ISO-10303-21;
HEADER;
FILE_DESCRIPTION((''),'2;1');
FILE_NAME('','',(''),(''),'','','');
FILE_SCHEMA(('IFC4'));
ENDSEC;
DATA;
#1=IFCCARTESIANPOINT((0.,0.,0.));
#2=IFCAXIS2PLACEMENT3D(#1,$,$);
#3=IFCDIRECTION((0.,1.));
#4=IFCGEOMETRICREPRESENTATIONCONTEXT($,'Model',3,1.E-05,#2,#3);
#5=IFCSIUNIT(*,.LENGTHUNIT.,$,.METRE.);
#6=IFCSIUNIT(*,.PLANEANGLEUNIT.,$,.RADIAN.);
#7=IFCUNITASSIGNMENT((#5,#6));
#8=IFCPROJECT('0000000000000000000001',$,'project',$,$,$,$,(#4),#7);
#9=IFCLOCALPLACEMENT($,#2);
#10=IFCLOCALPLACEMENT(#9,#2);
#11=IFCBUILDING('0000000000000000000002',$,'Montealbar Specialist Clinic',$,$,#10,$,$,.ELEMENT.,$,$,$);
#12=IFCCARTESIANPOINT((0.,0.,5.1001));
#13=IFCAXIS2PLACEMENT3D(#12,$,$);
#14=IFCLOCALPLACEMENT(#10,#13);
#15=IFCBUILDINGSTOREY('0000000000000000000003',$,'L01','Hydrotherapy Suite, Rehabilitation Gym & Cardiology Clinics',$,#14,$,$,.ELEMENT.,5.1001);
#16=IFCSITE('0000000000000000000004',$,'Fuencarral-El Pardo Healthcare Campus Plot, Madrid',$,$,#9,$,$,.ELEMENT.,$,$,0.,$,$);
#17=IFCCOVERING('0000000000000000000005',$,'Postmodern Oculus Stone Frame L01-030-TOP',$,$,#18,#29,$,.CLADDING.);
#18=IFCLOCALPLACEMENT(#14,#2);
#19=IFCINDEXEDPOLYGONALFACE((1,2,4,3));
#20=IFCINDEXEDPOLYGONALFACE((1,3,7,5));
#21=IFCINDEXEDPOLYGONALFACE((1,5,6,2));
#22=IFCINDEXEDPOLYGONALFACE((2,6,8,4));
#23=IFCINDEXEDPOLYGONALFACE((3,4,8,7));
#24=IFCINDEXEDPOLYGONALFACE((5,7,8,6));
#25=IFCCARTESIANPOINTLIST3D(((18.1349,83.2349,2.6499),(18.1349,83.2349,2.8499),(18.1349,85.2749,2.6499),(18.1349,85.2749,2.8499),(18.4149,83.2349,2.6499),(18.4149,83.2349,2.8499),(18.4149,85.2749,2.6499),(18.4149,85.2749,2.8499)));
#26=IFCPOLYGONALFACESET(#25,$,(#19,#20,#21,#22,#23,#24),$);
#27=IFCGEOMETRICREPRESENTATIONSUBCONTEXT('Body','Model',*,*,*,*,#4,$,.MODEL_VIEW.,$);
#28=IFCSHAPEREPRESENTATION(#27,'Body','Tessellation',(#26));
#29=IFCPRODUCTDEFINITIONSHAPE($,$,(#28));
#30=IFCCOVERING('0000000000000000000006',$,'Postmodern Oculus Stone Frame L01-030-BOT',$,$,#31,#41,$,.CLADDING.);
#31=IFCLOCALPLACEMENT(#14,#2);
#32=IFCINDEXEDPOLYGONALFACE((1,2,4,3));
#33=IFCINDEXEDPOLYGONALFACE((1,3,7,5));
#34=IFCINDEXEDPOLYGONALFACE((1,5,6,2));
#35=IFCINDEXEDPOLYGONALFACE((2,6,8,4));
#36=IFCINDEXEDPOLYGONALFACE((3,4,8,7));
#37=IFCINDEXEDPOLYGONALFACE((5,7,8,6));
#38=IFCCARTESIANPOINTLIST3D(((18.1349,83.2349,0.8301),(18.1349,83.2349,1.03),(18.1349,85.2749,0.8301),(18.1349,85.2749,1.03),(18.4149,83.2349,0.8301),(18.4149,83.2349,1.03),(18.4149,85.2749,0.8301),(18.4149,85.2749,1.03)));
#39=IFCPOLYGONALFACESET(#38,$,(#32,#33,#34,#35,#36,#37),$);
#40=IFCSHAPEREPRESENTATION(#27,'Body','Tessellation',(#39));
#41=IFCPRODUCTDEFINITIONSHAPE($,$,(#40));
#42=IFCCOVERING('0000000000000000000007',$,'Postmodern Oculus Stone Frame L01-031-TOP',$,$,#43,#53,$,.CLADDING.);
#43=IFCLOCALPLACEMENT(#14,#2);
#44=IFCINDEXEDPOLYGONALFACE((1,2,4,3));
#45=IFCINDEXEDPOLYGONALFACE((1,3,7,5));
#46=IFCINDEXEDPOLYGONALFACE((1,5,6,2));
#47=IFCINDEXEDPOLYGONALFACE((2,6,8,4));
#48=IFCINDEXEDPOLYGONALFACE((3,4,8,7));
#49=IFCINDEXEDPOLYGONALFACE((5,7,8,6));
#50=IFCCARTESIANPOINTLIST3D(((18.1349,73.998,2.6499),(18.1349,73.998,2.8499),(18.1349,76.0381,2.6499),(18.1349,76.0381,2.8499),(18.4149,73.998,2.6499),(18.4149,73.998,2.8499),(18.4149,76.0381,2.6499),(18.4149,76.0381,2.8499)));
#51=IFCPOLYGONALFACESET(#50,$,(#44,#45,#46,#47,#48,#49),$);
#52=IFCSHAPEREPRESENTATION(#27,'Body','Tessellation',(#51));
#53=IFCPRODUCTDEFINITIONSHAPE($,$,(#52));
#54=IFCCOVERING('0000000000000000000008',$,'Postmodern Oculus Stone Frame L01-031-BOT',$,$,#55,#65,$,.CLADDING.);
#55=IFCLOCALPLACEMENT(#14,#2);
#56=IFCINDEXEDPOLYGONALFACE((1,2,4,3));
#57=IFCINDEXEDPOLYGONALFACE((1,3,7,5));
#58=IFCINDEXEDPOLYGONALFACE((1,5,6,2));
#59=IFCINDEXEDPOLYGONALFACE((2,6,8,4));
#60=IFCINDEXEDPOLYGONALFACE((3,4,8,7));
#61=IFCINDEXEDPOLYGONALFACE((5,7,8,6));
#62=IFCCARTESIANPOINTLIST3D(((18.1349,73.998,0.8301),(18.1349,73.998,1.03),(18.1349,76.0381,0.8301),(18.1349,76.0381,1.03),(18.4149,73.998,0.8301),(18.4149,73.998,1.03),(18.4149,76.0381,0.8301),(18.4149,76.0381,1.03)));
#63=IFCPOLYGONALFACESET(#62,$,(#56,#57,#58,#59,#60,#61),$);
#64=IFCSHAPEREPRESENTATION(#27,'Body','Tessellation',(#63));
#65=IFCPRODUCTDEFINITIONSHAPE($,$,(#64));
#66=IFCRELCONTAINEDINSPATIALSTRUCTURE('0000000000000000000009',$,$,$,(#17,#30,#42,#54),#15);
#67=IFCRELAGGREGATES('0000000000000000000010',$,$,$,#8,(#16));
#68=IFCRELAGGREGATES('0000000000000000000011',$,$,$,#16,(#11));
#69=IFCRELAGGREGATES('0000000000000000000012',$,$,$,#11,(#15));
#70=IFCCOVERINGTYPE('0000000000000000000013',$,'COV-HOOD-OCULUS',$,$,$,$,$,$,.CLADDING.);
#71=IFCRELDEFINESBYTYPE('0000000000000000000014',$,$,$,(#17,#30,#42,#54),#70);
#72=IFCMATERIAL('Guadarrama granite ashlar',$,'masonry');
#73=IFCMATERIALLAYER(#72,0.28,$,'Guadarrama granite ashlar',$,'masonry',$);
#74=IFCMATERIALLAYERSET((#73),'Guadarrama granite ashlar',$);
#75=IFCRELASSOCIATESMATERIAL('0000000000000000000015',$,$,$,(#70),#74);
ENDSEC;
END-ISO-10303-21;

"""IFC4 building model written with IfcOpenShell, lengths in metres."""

from ifc_helpers import new_model, si_unit, direction, frame, origin, origin_2d, place, context, subcontext, project, spatial, rectangle, extrude, material, layer, layer_set, type_object, element, save


model = new_model("IFC4")

# Units and contexts
model_context = context("Model", 3, precision=1e-05, world=origin(), true_north=direction((0.0, 1.0)))
body_context = subcontext(model_context, "Body", "Model", "MODEL_VIEW")
ifc_project = project(units=[si_unit("LENGTHUNIT", "METRE"), si_unit("PLANEANGLEUNIT", "RADIAN")], contexts=[model_context])

# Site, building, storey
site_placement = place(None, origin())
site = spatial("IfcSite", under=ifc_project, at=site_placement, Name="Fuencarral-El Pardo Healthcare Campus Plot, Madrid", CompositionType="ELEMENT", RefElevation=0.0)
building_placement = place(site_placement, origin())
building = spatial("IfcBuilding", under=site, at=building_placement, Name="Montealbar Specialist Clinic", CompositionType="ELEMENT")
storey_placement = place(building_placement, frame((0.0, 0.0, 5.1001)))
storey = spatial("IfcBuildingStorey", under=building, at=storey_placement, Name="L01", Description="Hydrotherapy Suite, Rehabilitation Gym & Cardiology Clinics", CompositionType="ELEMENT", Elevation=5.1001)

# Coverings
ifc_material_1 = material(Name="Guadarrama granite ashlar", Category="masonry")
ifc_layer_1 = layer(ifc_material_1, 0.28, Name="Guadarrama granite ashlar", Category="masonry")
ifc_layer_set_1 = layer_set([ifc_layer_1], Name="Guadarrama granite ashlar")
covering_type_1 = type_object("IfcCoveringType", Name="COV-HOOD-OCULUS", PredefinedType="CLADDING", material=ifc_layer_set_1)
for number, where, z_axis, x_axis, name in (
    (1, (18.2749, 84.2549, 2.6499), (0.0, 0.0, 1.0), (0.0, -1.0, 0.0), "Postmodern Oculus Stone Frame L01-030-TOP"),
    (2, (18.2749, 84.2549, 0.8301), (0.0, 0.0, 1.0), (0.0, -1.0, 0.0), "Postmodern Oculus Stone Frame L01-030-BOT"),
    (3, (18.2749, 75.0181, 2.6499), (0.0, 0.0, 1.0), (0.0, -1.0, 0.0), "Postmodern Oculus Stone Frame L01-031-TOP"),
    (4, (18.2749, 75.0181, 0.8301), (0.0, 0.0, 1.0), (0.0, -1.0, 0.0), "Postmodern Oculus Stone Frame L01-031-BOT"),
):
    element("IfcCovering", number, at=place(storey_placement, frame(where, z_axis=z_axis, x_axis=x_axis)), inside=storey, type_object=covering_type_1, Name=name, PredefinedType="CLADDING", context=body_context, shape_type="SweptSolid", body=[
        extrude(rectangle(XDim=2.04, YDim=0.28, at=origin_2d()), origin(), (0.0, 0.0, 1.0), 0.2),
    ])

save(model, "model.ifc")
